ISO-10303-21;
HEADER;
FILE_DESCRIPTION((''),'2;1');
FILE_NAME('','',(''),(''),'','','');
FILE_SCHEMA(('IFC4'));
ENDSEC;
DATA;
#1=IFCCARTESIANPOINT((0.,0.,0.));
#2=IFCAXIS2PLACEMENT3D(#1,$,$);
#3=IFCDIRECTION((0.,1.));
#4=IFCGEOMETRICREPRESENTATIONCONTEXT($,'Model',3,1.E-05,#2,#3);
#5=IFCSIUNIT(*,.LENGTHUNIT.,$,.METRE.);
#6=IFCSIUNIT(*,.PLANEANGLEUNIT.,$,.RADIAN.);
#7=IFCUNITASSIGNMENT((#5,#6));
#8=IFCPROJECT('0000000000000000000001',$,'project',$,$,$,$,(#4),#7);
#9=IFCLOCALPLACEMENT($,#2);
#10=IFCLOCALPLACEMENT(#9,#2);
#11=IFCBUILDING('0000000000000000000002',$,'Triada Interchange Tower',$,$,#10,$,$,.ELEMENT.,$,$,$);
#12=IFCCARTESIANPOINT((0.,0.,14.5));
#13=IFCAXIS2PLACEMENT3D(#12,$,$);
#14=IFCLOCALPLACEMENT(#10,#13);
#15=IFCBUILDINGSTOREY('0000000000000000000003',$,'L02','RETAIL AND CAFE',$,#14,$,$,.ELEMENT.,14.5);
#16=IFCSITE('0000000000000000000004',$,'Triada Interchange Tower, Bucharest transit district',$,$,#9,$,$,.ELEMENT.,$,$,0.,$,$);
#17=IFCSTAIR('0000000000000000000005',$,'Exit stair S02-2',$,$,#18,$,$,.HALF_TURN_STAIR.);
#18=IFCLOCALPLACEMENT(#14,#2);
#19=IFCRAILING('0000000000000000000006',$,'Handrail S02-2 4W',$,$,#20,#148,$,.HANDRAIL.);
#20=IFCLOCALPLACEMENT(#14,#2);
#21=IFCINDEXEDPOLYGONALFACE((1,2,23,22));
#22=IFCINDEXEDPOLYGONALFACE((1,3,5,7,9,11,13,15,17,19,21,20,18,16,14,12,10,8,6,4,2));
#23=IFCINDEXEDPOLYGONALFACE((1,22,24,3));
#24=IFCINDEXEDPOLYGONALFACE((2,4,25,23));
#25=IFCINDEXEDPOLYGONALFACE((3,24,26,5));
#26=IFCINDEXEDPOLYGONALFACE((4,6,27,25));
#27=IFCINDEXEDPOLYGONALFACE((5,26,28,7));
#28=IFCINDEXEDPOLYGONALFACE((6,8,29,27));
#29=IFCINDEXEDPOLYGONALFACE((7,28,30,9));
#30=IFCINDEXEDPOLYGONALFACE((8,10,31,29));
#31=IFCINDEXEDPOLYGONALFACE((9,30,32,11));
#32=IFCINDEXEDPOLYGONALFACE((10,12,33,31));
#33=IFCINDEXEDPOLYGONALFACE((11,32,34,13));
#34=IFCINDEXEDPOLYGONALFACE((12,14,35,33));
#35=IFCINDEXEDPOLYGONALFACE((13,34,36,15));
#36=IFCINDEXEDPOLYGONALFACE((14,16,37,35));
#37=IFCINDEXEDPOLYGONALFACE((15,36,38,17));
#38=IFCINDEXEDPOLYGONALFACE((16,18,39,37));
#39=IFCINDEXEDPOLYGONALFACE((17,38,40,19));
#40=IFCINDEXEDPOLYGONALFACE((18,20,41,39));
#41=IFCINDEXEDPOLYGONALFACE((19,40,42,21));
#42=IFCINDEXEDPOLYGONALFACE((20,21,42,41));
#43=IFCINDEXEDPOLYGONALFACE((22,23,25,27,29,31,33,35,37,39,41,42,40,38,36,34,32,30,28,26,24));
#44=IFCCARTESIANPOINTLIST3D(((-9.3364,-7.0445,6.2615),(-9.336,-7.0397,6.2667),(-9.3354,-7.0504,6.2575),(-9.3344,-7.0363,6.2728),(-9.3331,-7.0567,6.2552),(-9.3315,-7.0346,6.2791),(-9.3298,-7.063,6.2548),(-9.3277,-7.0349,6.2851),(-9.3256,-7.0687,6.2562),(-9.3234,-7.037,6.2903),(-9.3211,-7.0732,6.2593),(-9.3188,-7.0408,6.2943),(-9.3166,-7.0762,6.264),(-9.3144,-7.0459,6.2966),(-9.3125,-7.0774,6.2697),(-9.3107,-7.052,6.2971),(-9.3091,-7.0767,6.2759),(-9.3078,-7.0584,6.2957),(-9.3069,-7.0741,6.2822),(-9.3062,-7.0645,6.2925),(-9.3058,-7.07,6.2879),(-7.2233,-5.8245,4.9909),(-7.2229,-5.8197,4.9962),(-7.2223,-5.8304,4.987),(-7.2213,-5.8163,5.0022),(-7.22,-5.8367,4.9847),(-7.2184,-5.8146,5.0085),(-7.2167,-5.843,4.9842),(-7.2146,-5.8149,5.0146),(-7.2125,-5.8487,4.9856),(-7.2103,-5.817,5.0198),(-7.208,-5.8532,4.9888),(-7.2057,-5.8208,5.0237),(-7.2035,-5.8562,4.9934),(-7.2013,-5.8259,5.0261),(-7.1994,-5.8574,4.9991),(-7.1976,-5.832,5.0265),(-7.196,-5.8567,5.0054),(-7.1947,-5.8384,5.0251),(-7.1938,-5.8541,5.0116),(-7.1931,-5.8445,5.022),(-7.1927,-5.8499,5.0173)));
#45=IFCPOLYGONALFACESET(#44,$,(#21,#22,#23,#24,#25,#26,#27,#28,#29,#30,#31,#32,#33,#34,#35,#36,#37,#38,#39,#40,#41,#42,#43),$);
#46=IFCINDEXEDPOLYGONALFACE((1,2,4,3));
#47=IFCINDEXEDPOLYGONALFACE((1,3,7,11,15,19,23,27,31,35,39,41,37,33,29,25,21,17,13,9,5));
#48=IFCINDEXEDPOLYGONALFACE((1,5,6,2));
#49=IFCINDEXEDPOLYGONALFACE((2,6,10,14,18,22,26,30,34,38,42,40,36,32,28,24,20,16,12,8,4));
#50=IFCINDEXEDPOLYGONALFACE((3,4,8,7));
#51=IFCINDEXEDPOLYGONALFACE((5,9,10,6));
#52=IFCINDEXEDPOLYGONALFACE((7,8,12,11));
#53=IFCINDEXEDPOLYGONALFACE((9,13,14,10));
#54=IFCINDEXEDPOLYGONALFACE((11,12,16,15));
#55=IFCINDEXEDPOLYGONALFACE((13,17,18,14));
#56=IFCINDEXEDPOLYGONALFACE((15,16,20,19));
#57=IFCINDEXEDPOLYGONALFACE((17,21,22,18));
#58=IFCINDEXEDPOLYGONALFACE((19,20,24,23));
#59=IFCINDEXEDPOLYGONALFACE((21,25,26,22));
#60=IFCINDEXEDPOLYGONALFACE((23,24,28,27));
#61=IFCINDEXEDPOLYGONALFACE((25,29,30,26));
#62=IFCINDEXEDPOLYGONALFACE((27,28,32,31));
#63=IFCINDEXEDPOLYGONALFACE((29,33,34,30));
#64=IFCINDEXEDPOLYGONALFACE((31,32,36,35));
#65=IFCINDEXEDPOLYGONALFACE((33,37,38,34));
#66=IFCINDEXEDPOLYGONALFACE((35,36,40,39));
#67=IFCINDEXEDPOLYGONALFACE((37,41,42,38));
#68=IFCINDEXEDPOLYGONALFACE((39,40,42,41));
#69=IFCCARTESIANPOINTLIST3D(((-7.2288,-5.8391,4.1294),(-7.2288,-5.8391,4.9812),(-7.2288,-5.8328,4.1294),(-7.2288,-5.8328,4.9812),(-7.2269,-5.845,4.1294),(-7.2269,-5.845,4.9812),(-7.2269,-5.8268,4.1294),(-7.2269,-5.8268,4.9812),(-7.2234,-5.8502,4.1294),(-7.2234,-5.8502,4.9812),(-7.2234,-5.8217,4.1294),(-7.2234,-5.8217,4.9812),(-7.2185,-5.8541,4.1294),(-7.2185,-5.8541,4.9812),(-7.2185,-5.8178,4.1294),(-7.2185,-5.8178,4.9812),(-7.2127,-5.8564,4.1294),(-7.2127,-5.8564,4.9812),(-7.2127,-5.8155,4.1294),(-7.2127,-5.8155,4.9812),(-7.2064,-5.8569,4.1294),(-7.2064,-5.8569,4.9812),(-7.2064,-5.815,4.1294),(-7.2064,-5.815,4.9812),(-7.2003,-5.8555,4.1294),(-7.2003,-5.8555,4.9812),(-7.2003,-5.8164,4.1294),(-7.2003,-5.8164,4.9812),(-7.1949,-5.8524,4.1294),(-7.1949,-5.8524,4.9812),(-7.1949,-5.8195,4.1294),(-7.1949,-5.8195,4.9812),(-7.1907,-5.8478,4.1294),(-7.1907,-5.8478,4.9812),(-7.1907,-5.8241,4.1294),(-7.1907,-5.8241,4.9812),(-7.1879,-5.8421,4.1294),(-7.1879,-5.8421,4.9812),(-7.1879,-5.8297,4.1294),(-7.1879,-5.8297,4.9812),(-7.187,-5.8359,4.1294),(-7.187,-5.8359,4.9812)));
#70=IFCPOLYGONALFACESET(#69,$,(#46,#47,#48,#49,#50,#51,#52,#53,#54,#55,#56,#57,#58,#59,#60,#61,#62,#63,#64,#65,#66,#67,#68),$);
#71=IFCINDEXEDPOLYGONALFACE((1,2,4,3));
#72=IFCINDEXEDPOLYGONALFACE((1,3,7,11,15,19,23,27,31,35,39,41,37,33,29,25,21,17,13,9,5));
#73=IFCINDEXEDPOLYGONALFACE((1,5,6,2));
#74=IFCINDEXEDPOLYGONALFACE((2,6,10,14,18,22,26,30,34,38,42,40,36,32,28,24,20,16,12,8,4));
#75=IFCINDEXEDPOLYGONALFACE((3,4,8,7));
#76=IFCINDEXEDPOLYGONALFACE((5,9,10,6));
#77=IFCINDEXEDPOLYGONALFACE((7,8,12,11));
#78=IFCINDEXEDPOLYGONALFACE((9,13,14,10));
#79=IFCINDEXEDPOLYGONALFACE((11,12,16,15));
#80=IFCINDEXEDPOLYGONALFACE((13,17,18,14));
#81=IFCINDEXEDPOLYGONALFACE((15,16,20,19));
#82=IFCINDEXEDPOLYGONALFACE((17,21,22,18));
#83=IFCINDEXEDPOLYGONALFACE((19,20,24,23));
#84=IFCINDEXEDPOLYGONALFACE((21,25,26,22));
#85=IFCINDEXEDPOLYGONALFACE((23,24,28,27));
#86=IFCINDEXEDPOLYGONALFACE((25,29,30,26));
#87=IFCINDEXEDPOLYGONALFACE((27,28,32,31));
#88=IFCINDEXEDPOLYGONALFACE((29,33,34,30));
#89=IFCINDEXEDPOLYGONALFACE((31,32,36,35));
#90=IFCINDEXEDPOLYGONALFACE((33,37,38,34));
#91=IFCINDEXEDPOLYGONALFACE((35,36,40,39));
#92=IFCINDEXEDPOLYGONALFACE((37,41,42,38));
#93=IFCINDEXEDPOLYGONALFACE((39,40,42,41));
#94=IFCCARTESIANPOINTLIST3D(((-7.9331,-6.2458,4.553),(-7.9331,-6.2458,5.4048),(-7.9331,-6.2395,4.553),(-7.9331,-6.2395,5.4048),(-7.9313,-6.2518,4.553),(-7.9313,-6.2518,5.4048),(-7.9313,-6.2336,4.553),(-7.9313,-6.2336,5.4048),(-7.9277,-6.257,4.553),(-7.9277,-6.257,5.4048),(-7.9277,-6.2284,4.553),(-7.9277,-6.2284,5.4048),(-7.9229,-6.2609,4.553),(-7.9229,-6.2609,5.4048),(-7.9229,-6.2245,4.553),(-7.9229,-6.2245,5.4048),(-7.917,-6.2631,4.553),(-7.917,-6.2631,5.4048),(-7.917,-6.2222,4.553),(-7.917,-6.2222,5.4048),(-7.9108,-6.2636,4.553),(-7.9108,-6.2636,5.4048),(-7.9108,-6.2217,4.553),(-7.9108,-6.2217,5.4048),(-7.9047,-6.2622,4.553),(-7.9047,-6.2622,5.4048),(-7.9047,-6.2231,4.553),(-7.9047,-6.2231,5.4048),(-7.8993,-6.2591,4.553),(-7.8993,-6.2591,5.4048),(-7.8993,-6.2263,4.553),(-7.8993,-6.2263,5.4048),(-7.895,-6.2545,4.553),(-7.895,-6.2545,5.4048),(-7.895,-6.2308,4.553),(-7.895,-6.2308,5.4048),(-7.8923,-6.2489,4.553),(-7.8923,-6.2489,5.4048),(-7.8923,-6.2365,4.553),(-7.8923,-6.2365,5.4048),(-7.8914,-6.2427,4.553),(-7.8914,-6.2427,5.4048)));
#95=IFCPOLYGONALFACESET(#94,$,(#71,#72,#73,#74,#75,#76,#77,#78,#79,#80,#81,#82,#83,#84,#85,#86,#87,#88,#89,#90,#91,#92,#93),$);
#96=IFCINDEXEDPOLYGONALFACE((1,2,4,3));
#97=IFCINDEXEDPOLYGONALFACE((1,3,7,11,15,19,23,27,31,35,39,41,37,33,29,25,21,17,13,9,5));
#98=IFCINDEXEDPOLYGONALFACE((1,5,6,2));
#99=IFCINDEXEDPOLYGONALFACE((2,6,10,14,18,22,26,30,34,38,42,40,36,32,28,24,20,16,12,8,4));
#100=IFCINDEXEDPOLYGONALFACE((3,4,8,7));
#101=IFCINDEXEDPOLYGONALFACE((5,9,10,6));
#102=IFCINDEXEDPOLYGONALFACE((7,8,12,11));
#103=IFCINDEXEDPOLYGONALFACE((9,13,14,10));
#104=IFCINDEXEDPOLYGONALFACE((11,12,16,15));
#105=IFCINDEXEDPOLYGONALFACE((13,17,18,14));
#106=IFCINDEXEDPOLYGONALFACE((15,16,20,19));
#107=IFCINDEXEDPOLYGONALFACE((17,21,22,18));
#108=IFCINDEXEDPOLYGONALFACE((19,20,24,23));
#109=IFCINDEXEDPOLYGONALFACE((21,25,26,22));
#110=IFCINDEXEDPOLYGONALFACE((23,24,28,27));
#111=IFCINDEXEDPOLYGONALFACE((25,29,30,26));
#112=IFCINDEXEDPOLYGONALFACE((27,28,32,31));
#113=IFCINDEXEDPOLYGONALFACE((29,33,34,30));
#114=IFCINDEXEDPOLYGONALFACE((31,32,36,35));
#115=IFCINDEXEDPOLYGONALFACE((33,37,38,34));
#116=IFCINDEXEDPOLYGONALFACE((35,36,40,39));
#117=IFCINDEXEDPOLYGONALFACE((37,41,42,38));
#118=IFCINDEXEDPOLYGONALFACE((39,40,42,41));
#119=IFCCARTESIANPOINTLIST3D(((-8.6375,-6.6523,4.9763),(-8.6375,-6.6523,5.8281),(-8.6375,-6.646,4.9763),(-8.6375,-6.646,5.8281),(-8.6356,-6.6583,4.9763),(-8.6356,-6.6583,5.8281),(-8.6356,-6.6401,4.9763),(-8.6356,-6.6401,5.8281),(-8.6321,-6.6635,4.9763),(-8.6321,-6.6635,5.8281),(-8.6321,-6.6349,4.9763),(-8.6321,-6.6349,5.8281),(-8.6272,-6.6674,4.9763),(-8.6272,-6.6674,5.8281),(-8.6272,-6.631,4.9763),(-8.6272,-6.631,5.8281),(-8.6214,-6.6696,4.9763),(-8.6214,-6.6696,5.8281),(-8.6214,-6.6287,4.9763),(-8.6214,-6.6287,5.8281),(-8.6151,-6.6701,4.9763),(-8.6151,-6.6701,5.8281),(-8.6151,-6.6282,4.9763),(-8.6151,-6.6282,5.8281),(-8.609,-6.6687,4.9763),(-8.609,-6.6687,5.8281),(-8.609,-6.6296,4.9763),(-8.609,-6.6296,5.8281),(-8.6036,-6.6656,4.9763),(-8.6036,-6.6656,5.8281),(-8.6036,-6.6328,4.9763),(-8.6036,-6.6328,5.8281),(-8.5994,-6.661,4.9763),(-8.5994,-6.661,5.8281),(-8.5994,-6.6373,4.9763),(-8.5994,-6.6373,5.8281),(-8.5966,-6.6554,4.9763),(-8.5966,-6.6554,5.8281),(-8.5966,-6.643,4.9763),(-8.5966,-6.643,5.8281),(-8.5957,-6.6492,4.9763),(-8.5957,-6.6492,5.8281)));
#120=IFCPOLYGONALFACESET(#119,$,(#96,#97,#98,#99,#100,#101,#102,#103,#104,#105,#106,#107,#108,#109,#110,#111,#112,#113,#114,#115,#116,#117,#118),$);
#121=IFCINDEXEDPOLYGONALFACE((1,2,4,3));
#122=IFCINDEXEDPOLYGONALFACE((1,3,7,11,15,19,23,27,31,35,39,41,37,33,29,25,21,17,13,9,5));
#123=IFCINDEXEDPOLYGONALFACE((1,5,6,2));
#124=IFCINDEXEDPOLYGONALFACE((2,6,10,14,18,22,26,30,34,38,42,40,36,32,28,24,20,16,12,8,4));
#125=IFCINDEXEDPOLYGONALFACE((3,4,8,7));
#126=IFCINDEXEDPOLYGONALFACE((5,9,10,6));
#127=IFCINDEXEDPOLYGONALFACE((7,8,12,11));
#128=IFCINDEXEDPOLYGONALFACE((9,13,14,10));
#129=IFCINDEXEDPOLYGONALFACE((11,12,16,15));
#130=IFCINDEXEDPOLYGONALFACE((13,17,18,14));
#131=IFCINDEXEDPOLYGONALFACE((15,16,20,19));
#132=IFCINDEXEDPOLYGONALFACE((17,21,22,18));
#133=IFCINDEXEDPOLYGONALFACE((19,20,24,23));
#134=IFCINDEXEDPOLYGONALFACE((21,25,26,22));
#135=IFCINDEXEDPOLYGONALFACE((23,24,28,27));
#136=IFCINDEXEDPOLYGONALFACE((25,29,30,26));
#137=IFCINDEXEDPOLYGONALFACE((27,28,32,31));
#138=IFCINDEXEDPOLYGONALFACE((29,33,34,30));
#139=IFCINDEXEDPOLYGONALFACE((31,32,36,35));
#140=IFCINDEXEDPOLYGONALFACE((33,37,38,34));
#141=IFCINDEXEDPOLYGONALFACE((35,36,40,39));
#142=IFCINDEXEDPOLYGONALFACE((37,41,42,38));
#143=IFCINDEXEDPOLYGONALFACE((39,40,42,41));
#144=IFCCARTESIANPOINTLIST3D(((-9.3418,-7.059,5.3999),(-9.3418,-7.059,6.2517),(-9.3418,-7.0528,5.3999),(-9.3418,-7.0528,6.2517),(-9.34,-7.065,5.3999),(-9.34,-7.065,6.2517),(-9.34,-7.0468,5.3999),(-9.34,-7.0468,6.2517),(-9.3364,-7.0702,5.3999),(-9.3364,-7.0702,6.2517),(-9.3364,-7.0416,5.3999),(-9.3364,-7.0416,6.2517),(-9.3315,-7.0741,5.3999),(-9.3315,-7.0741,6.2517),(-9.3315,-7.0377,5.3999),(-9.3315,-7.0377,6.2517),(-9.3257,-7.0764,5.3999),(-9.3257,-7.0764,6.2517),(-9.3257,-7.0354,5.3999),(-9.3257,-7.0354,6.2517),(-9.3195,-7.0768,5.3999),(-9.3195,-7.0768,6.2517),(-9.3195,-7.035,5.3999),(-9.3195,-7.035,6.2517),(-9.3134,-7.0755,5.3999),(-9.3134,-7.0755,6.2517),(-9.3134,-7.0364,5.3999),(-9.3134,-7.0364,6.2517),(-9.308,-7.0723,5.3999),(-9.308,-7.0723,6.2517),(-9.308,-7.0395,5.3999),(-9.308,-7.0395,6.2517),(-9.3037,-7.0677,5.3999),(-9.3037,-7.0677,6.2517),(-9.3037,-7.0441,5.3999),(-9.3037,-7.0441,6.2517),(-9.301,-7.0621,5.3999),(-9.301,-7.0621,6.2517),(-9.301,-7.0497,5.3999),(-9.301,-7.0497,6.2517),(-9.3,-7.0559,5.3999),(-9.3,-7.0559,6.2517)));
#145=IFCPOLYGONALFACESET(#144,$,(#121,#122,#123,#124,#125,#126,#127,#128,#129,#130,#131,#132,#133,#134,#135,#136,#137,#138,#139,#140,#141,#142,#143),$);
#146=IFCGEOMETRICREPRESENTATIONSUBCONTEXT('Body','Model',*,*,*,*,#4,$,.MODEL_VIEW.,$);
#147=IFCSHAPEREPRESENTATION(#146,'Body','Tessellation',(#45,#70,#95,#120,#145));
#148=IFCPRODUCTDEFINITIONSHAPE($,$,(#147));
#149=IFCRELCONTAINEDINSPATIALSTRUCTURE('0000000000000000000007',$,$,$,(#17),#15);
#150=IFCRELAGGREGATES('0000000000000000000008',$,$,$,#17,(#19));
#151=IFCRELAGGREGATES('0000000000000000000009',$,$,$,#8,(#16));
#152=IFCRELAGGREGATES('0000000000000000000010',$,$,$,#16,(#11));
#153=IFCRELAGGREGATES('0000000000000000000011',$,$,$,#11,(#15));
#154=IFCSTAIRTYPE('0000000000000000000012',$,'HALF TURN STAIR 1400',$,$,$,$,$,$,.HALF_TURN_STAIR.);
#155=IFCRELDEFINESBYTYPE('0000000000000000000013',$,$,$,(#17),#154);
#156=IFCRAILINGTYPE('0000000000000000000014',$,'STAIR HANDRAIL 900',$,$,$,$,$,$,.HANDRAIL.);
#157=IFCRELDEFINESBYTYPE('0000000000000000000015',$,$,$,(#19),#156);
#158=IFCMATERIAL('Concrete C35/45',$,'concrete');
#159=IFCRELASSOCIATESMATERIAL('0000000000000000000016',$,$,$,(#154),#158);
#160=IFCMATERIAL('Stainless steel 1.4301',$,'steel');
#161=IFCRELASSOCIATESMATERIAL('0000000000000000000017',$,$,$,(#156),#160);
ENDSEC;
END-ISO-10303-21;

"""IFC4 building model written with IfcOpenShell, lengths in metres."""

from ifc_helpers import new_model, si_unit, direction, frame, origin, origin_2d, place, context, subcontext, project, spatial, circle, extrude, material, type_object, element, aggregate, save


model = new_model("IFC4")

# Units and contexts
model_context = context("Model", 3, precision=1e-05, world=origin(), true_north=direction((0.0, 1.0)))
body_context = subcontext(model_context, "Body", "Model", "MODEL_VIEW")
ifc_project = project(units=[si_unit("LENGTHUNIT", "METRE"), si_unit("PLANEANGLEUNIT", "RADIAN")], contexts=[model_context])

# Site, building, storey
site_placement = place(None, origin())
site = spatial("IfcSite", under=ifc_project, at=site_placement, Name="Triada Interchange Tower, Bucharest transit district", CompositionType="ELEMENT", RefElevation=0.0)
building_placement = place(site_placement, origin())
building = spatial("IfcBuilding", under=site, at=building_placement, Name="Triada Interchange Tower", CompositionType="ELEMENT")
storey_placement = place(building_placement, frame((0.0, 0.0, 14.5)))
storey = spatial("IfcBuildingStorey", under=building, at=storey_placement, Name="L02", Description="RETAIL AND CAFE", CompositionType="ELEMENT", Elevation=14.5)

# Shared definitions
ifc_material_1 = material(Name="Concrete C35/45", Category="concrete")

# Stair, railing
stair_type = type_object("IfcStairType", Name="HALF TURN STAIR 1400", PredefinedType="HALF_TURN_STAIR", material=ifc_material_1)
stair_1_placement = place(storey_placement, origin())
stair_1 = element("IfcStair", 1, at=stair_1_placement, inside=storey, type_object=stair_type, Name="Exit stair S02-2", PredefinedType="HALF_TURN_STAIR")
ifc_material_2 = material(Name="Stainless steel 1.4301", Category="steel")
railing_type_1 = type_object("IfcRailingType", Name="STAIR HANDRAIL 900", PredefinedType="HANDRAIL", material=ifc_material_2)
railing_1_placement = place(storey_placement, frame((-7.208, -5.8359, 4.1294)))
railing_1 = element("IfcRailing", 2, at=railing_1_placement, type_object=railing_type_1, Name="Handrail S02-2 4W", PredefinedType="HANDRAIL", context=body_context, shape_type="SweptSolid", body=[
    extrude(circle(Radius=0.0239, at=origin_2d()), frame((0.0, 0.0, 0.876), z_axis=(-0.768126, -0.443481, 0.461852), x_axis=(0.500003, -0.866024, 0.0)), (0.0, 0.0, 1.0), 2.751),
    extrude(circle(Radius=0.021, at=origin_2d()), origin(), (0.0, 0.0, 1.0), 0.8518),
    extrude(circle(Radius=0.021, at=origin_2d()), frame((-0.7043, -0.4067, 0.4236)), (0.0, 0.0, 1.0), 0.8518),
    extrude(circle(Radius=0.021, at=origin_2d()), frame((-1.4087, -0.8132, 0.8469)), (0.0, 0.0, 1.0), 0.8518),
    extrude(circle(Radius=0.021, at=origin_2d()), frame((-2.113, -1.22, 1.2705)), (0.0, 0.0, 1.0), 0.8518),
])
aggregate(stair_1, [railing_1])

save(model, "model.ifc")
